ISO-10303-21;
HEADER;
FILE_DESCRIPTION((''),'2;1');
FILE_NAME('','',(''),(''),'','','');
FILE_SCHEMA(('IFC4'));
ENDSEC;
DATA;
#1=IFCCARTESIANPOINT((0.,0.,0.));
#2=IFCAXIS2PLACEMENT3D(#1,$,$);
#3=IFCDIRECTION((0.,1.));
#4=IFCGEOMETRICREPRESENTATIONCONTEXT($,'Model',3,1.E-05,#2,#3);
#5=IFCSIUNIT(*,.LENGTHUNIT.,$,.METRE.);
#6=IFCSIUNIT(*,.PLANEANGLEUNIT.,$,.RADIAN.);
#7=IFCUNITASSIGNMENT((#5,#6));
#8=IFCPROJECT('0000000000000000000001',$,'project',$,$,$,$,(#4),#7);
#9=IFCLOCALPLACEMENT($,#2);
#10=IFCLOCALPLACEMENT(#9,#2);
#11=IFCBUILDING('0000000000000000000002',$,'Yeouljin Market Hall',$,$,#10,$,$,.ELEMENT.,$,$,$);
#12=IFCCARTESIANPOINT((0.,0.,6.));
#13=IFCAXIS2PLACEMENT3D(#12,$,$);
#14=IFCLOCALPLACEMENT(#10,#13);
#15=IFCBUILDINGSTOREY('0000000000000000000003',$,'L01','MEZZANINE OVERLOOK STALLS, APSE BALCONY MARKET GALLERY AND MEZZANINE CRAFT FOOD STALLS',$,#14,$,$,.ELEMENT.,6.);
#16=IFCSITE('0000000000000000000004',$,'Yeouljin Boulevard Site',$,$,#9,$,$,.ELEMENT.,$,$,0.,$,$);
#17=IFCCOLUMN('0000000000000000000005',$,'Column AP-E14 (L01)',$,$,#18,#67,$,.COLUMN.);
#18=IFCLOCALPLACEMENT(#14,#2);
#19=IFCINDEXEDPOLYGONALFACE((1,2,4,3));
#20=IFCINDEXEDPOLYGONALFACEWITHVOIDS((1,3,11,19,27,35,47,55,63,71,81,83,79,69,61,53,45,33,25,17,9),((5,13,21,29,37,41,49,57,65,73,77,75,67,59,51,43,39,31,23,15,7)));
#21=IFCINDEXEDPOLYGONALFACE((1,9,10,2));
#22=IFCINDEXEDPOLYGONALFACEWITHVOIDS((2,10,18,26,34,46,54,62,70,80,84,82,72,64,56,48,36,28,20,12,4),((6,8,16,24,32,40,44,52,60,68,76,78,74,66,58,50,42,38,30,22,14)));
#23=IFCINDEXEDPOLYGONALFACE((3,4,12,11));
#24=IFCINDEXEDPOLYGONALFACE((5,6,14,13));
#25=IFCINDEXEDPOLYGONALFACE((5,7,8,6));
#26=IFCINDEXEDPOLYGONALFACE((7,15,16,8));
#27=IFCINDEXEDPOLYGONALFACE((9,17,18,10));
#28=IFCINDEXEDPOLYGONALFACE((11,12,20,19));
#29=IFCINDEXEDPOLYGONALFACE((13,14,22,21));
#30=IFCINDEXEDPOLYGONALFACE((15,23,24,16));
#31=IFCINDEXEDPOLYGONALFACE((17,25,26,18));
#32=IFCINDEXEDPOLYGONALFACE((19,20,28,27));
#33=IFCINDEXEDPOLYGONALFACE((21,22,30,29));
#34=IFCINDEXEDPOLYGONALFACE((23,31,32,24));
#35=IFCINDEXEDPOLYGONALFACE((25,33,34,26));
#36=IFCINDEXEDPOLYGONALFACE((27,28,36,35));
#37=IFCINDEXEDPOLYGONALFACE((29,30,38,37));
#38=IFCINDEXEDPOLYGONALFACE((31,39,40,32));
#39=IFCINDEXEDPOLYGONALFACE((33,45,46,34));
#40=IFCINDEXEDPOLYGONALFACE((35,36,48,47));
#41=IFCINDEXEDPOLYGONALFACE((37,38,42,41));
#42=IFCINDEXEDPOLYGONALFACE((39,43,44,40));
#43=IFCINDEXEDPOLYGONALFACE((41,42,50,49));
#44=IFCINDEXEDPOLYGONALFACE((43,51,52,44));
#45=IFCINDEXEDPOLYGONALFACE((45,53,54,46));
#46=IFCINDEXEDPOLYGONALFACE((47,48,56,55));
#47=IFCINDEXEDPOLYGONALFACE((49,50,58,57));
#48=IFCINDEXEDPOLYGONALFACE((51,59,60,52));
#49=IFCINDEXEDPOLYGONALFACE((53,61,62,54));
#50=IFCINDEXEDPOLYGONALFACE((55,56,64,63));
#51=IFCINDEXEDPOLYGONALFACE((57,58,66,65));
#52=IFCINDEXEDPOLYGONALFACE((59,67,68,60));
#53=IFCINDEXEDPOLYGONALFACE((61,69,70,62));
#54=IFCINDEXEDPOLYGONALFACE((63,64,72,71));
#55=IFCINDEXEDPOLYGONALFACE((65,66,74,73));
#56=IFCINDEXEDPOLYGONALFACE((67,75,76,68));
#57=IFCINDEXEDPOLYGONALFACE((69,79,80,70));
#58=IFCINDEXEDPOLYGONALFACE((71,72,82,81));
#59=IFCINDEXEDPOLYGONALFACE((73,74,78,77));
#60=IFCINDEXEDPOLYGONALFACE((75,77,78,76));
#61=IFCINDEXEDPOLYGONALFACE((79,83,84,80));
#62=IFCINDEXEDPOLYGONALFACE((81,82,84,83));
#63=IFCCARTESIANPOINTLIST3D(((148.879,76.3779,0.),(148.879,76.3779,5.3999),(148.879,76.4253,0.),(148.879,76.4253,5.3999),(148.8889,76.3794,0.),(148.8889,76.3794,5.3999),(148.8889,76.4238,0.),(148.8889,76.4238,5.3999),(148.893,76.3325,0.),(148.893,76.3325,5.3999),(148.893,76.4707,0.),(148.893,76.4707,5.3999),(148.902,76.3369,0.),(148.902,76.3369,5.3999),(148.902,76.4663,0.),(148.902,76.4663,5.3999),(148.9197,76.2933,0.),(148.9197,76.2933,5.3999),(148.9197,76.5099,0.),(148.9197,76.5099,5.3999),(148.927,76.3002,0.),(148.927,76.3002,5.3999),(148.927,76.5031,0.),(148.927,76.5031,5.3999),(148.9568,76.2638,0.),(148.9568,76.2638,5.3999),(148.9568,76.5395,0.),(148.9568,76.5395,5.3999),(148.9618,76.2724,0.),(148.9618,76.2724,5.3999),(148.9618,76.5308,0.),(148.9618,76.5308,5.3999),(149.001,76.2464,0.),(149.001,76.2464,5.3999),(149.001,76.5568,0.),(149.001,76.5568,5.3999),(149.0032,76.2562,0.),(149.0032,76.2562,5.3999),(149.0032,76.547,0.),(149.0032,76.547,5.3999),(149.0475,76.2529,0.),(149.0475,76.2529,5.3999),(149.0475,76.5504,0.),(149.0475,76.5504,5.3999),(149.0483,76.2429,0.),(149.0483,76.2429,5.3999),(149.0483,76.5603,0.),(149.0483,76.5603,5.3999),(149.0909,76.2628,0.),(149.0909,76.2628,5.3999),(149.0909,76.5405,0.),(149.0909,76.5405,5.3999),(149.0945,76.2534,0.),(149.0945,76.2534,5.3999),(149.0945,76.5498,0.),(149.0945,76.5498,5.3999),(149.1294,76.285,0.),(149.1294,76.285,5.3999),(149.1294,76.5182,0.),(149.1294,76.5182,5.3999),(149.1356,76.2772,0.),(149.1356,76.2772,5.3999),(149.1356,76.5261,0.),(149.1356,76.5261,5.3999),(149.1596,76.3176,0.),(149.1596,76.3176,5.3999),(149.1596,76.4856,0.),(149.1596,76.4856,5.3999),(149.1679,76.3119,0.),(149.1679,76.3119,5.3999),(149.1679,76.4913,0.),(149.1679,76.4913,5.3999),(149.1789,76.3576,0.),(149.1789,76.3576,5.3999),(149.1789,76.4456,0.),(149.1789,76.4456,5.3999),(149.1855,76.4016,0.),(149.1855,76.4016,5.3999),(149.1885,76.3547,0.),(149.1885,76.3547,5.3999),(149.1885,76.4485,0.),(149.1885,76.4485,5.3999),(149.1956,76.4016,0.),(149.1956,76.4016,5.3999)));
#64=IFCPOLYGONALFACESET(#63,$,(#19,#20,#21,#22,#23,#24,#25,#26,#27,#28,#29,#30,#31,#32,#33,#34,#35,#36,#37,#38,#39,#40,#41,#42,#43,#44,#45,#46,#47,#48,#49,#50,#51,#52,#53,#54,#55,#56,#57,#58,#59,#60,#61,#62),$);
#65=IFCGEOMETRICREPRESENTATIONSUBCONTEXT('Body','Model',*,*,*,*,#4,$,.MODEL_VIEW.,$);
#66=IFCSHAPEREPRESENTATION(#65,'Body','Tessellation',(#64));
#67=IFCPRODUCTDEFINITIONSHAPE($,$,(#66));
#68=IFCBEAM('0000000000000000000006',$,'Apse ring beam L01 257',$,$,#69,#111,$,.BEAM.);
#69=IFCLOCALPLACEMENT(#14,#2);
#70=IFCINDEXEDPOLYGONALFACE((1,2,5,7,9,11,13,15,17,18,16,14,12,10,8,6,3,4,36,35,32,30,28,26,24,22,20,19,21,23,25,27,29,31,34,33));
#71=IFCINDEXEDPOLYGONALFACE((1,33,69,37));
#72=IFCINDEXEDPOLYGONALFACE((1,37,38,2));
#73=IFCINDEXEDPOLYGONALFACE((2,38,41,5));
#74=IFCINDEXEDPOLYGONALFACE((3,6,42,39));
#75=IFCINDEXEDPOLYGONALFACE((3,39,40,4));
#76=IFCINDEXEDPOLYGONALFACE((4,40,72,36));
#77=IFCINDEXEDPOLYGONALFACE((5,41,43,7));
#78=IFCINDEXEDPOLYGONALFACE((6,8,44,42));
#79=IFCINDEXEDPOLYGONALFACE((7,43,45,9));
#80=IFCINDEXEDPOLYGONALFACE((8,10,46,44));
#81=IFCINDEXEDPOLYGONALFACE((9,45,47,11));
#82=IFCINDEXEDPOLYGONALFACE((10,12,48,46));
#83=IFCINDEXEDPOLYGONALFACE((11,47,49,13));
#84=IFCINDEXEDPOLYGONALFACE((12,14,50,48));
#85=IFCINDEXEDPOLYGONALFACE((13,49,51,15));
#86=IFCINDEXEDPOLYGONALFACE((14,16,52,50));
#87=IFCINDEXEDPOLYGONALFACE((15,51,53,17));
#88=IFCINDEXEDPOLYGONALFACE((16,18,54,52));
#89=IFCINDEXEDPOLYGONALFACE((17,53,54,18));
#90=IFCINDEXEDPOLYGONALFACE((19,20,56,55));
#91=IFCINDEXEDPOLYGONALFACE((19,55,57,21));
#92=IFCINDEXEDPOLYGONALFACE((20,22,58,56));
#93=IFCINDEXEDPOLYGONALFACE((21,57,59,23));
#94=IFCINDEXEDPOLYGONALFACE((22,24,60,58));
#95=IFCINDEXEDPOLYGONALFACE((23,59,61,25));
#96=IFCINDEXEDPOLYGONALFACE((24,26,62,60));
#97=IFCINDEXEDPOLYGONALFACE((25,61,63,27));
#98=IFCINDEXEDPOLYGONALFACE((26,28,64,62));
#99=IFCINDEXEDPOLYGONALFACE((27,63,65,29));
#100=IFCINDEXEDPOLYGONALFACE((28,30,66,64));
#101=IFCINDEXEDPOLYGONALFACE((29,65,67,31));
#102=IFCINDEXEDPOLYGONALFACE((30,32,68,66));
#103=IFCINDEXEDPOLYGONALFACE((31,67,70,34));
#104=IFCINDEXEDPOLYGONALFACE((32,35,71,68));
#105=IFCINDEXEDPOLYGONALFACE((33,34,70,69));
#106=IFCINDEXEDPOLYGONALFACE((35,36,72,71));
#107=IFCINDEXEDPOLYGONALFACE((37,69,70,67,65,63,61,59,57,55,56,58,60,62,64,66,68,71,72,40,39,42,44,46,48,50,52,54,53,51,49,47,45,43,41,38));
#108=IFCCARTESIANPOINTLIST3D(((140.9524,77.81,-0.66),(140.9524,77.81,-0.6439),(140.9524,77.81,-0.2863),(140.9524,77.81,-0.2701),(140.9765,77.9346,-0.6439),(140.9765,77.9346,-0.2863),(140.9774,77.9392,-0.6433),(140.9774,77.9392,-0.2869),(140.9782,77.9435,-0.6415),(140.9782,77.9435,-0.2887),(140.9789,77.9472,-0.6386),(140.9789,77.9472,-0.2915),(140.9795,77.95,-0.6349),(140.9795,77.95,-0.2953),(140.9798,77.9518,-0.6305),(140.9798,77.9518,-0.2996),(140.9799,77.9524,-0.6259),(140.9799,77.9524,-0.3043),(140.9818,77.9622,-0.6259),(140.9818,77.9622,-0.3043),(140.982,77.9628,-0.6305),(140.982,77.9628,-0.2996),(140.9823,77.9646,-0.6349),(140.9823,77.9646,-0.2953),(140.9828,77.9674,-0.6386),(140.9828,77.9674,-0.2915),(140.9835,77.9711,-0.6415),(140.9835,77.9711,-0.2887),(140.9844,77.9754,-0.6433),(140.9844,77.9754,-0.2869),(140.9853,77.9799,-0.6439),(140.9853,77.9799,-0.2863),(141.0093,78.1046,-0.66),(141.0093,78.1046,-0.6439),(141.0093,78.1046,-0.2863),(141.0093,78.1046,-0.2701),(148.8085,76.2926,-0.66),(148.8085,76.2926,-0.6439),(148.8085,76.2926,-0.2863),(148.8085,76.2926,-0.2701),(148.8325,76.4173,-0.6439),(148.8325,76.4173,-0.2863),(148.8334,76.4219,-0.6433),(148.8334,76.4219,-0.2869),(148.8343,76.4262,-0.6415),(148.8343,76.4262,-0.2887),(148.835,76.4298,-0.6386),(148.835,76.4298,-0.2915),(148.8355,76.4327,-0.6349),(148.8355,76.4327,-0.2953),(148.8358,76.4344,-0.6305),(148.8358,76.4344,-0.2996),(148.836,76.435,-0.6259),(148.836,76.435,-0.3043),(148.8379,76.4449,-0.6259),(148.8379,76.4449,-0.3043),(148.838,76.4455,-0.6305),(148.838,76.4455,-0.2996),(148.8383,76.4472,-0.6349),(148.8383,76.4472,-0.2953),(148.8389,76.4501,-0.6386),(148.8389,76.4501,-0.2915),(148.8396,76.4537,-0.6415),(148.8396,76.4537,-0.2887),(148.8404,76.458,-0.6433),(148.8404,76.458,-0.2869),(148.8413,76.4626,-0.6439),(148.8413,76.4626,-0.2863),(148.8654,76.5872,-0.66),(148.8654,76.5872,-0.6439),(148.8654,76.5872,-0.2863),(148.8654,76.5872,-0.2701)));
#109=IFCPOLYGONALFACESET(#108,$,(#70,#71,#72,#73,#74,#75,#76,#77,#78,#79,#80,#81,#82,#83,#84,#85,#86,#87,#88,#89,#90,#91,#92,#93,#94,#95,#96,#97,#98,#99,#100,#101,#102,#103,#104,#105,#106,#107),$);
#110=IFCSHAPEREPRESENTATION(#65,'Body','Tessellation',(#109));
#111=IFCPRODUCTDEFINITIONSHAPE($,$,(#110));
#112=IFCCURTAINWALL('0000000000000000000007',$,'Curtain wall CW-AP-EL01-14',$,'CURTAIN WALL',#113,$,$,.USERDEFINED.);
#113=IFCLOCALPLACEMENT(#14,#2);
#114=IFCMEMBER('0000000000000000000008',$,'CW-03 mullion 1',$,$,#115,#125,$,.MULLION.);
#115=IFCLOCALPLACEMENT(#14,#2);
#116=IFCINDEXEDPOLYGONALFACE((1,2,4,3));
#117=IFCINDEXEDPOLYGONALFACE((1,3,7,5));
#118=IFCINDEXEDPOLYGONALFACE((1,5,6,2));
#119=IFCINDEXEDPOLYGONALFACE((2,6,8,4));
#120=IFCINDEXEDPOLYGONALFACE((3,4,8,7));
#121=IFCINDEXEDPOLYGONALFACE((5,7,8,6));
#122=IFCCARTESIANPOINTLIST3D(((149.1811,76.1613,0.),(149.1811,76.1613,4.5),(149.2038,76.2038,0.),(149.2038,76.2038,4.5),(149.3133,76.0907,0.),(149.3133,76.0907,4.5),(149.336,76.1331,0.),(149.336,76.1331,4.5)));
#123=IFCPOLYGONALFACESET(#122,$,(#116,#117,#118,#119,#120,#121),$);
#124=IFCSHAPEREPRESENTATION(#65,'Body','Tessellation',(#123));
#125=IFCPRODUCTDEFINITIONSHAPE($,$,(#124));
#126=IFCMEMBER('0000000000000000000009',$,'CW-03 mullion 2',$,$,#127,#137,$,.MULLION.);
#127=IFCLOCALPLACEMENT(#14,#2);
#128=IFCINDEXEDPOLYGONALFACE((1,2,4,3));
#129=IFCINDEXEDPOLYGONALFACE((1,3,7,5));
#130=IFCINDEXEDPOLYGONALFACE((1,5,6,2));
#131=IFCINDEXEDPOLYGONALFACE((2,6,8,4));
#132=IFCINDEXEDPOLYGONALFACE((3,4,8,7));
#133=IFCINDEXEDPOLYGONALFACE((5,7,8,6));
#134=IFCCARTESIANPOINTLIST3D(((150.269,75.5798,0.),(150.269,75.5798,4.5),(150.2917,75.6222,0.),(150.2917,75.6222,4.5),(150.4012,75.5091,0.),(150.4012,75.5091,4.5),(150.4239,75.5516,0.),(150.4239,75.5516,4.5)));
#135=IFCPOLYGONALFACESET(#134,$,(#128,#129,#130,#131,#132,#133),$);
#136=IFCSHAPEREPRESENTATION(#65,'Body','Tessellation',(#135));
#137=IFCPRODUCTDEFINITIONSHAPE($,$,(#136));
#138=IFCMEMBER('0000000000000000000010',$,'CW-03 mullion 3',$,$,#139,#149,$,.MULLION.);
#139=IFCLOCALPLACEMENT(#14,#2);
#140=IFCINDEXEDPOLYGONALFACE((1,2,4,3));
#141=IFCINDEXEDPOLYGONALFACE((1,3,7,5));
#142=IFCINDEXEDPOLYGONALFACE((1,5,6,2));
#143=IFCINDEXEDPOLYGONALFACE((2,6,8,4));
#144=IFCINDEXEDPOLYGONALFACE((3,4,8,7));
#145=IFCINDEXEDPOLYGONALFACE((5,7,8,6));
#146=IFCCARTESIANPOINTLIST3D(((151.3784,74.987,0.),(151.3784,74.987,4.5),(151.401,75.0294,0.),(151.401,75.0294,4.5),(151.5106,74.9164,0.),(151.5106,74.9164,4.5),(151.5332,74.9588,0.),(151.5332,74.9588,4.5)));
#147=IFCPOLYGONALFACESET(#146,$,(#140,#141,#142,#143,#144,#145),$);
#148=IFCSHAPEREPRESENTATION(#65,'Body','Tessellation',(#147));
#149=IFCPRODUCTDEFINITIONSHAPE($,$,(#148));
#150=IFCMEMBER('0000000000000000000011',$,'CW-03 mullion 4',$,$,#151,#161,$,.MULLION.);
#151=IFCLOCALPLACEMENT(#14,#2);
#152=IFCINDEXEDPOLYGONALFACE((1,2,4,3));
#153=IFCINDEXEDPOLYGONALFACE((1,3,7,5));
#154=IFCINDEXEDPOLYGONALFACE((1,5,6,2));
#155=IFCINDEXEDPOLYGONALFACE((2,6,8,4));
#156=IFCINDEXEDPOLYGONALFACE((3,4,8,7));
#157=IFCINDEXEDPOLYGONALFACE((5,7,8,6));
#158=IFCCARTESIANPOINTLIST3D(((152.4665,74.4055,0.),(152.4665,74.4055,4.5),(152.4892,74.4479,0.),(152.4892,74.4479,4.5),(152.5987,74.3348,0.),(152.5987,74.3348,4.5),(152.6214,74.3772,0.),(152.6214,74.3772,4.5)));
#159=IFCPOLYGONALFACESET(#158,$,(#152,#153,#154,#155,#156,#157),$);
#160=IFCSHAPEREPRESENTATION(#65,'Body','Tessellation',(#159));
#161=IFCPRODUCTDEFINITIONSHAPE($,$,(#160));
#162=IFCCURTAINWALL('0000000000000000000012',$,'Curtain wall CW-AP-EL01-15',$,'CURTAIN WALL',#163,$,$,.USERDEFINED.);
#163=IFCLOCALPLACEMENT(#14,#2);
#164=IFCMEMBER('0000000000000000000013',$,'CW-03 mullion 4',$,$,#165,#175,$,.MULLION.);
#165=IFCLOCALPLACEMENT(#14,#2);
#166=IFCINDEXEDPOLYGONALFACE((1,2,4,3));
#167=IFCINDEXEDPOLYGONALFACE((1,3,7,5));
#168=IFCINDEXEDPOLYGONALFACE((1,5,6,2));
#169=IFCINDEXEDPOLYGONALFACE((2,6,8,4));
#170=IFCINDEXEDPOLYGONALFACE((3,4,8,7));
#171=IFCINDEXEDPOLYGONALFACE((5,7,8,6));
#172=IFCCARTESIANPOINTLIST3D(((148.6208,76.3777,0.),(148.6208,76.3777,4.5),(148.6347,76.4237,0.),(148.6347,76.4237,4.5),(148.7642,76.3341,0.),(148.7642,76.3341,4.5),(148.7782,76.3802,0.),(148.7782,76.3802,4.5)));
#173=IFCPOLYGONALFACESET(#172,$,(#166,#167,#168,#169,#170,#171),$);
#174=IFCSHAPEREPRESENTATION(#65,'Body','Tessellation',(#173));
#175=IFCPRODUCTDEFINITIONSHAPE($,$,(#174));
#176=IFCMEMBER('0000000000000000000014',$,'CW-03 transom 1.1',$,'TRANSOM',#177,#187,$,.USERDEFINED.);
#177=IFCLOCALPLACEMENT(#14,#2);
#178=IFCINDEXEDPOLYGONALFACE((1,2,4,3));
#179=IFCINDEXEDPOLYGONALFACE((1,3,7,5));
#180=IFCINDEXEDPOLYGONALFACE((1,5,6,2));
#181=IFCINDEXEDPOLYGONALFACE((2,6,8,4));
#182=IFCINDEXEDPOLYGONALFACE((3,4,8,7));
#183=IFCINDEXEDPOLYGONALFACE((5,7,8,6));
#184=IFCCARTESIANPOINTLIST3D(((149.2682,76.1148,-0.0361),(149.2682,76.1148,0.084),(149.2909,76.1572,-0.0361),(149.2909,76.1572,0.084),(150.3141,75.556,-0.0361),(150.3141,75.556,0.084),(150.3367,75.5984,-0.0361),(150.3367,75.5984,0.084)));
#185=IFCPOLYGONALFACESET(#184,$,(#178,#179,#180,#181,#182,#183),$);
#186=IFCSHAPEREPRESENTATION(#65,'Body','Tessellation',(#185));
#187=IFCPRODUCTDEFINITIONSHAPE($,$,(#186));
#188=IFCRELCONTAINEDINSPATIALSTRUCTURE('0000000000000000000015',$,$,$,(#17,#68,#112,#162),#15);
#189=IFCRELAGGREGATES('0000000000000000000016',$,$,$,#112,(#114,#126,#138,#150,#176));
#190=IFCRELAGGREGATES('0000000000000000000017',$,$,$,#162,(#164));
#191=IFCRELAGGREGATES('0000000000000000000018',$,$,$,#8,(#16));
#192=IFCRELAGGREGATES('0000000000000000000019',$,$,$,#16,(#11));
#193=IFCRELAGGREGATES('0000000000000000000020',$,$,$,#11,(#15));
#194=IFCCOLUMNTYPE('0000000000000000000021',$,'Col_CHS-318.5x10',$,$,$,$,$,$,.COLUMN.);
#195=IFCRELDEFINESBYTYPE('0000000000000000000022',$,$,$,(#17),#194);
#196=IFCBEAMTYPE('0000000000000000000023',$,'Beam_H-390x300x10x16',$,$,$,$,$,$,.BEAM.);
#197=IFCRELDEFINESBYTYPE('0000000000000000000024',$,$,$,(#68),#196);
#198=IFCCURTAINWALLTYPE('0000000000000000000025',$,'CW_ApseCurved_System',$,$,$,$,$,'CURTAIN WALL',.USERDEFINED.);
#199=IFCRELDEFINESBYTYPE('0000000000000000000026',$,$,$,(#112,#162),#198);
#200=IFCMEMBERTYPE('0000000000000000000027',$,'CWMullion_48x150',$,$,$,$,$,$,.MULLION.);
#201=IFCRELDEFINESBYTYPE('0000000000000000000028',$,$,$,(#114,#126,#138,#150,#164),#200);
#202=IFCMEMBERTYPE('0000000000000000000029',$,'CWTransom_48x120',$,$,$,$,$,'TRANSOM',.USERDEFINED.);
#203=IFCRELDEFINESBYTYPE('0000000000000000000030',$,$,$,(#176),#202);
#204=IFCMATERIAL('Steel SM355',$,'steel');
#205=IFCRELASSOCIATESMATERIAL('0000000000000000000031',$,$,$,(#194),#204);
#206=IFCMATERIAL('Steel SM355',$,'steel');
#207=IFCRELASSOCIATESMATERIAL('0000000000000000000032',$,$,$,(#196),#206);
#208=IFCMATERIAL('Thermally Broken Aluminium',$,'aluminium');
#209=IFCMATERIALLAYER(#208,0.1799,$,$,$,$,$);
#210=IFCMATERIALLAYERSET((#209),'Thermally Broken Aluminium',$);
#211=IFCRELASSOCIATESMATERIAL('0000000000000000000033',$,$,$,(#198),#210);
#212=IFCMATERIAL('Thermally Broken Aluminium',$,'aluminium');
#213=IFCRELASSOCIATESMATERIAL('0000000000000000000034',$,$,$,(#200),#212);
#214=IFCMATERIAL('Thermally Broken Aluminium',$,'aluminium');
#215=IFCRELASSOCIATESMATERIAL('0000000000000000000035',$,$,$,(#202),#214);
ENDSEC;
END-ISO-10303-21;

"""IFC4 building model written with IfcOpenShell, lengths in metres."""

from ifc_helpers import new_model, si_unit, direction, frame, origin, origin_2d, place, context, subcontext, project, spatial, rectangle, hollow_circle, i_section, extrude, material, layer, layer_set, material_profile, profile_set, type_object, element, aggregate, save


model = new_model("IFC4")

# Units and contexts
model_context = context("Model", 3, precision=1e-05, world=origin(), true_north=direction((0.0, 1.0)))
body_context = subcontext(model_context, "Body", "Model", "MODEL_VIEW")
ifc_project = project(units=[si_unit("LENGTHUNIT", "METRE"), si_unit("PLANEANGLEUNIT", "RADIAN")], contexts=[model_context])

# Site, building, storey
site_placement = place(None, origin())
site = spatial("IfcSite", under=ifc_project, at=site_placement, Name="Yeouljin Boulevard Site", CompositionType="ELEMENT", RefElevation=0.0)
building_placement = place(site_placement, origin())
building = spatial("IfcBuilding", under=site, at=building_placement, Name="Yeouljin Market Hall", CompositionType="ELEMENT")
storey_placement = place(building_placement, frame((0.0, 0.0, 6.0)))
storey = spatial("IfcBuildingStorey", under=building, at=storey_placement, Name="L01", Description="MEZZANINE OVERLOOK STALLS, APSE BALCONY MARKET GALLERY AND MEZZANINE CRAFT FOOD STALLS", CompositionType="ELEMENT", Elevation=6.0)

# Column
ifc_material_1 = material(Name="Steel SM355", Category="steel")
ifc_material_profile_1 = material_profile(ifc_material_1, hollow_circle(Radius=0.1592, WallThickness=0.01, at=origin_2d()), Name="CHS-318.5x10")
ifc_profile_set_1 = profile_set([ifc_material_profile_1], Name="Steel SM355")
column_type = type_object("IfcColumnType", Name="Col_CHS-318.5x10", PredefinedType="COLUMN", material=ifc_profile_set_1)
column_placement = place(storey_placement, frame((149.0364, 76.4016, 0.0), z_axis=(0.0, 0.0, 1.0), x_axis=(1.0, 0.0, 0.0)))
element("IfcColumn", 1, at=column_placement, inside=storey, type_object=column_type, Name="Column AP-E14 (L01)", PredefinedType="COLUMN", context=body_context, shape_type="SweptSolid", body=[
    extrude(hollow_circle(Radius=0.1592, WallThickness=0.01, at=origin_2d()), origin(), (0.0, 0.0, 1.0), 5.3999),
])

# Beam
ifc_material_2 = material(Name="Steel SM355", Category="steel")
ifc_material_profile_2 = material_profile(ifc_material_2, i_section(OverallWidth=0.3, OverallDepth=0.3899, WebThickness=0.01, FlangeThickness=0.0161, FilletRadius=0.0181, at=origin_2d()), Name="H-390x300x10x16")
ifc_profile_set_2 = profile_set([ifc_material_profile_2], Name="Steel SM355")
beam_type = type_object("IfcBeamType", Name="Beam_H-390x300x10x16", PredefinedType="BEAM", material=ifc_profile_set_2)
beam_placement = place(storey_placement, frame((148.8369, 76.4399, -0.4651), z_axis=(-0.981854, 0.18964, 0.0), x_axis=(-0.18964, -0.981854, 0.0)))
element("IfcBeam", 2, at=beam_placement, inside=storey, type_object=beam_type, Name="Apse ring beam L01 257", PredefinedType="BEAM", context=body_context, shape_type="SweptSolid", body=[
    extrude(i_section(OverallWidth=0.3, OverallDepth=0.3899, WebThickness=0.01, FlangeThickness=0.0161, FilletRadius=0.0181, at=origin_2d()), origin(), (0.0, 0.0, 1.0), 8.0012),
])

# Curtain wall, members
ifc_material_3 = material(Name="Thermally Broken Aluminium", Category="aluminium")
ifc_layer_1 = layer(ifc_material_3, 0.1799)
ifc_layer_set_1 = layer_set([ifc_layer_1], Name="Thermally Broken Aluminium")
curtain_wall_type = type_object("IfcCurtainWallType", Name="CW_ApseCurved_System", ElementType="CURTAIN WALL", PredefinedType="USERDEFINED", material=ifc_layer_set_1)
curtain_wall_1_placement = place(storey_placement, origin())
curtain_wall_1 = element("IfcCurtainWall", 3, at=curtain_wall_1_placement, inside=storey, type_object=curtain_wall_type, Name="Curtain wall CW-AP-EL01-14", ObjectType="CURTAIN WALL", PredefinedType="USERDEFINED")
ifc_material_4 = material(Name="Thermally Broken Aluminium", Category="aluminium")
ifc_material_profile_3 = material_profile(ifc_material_4, rectangle(XDim=0.0481, YDim=0.1499, at=origin_2d()), Name="CW-MULL-48x150")
ifc_profile_set_3 = profile_set([ifc_material_profile_3], Name="Thermally Broken Aluminium")
member_type_1 = type_object("IfcMemberType", Name="CWMullion_48x150", PredefinedType="MULLION", material=ifc_profile_set_3)
member_1_placement = place(storey_placement, frame((149.2585, 76.1472, 0.0), z_axis=(0.0, 0.0, 1.0), x_axis=(0.471378, 0.881931, 0.0)))
member_1 = element("IfcMember", 4, at=member_1_placement, type_object=member_type_1, Name="CW-03 mullion 1", PredefinedType="MULLION", context=body_context, shape_type="SweptSolid", body=[
    extrude(rectangle(XDim=0.0481, YDim=0.1499, at=origin_2d()), origin(), (0.0, 0.0, 1.0), 4.5),
])
member_2_placement = place(storey_placement, frame((150.3464, 75.5657, 0.0), z_axis=(0.0, 0.0, 1.0), x_axis=(0.471378, 0.881931, 0.0)))
member_2 = element("IfcMember", 5, at=member_2_placement, type_object=member_type_1, Name="CW-03 mullion 2", PredefinedType="MULLION", context=body_context, shape_type="SweptSolid", body=[
    extrude(rectangle(XDim=0.0481, YDim=0.1499, at=origin_2d()), origin(), (0.0, 0.0, 1.0), 4.5),
])
member_3_placement = place(storey_placement, frame((151.4558, 74.9729, 0.0), z_axis=(0.0, 0.0, 1.0), x_axis=(0.471378, 0.881931, 0.0)))
member_3 = element("IfcMember", 6, at=member_3_placement, type_object=member_type_1, Name="CW-03 mullion 3", PredefinedType="MULLION", context=body_context, shape_type="SweptSolid", body=[
    extrude(rectangle(XDim=0.0481, YDim=0.1499, at=origin_2d()), origin(), (0.0, 0.0, 1.0), 4.5),
])
member_4_placement = place(storey_placement, frame((152.5439, 74.3914, 0.0), z_axis=(0.0, 0.0, 1.0), x_axis=(0.471378, 0.881931, 0.0)))
member_4 = element("IfcMember", 7, at=member_4_placement, type_object=member_type_1, Name="CW-03 mullion 4", PredefinedType="MULLION", context=body_context, shape_type="SweptSolid", body=[
    extrude(rectangle(XDim=0.0481, YDim=0.1499, at=origin_2d()), origin(), (0.0, 0.0, 1.0), 4.5),
])

# Curtain wall, member
curtain_wall_2_placement = place(storey_placement, origin())
curtain_wall_2 = element("IfcCurtainWall", 8, at=curtain_wall_2_placement, inside=storey, type_object=curtain_wall_type, Name="Curtain wall CW-AP-EL01-15", ObjectType="CURTAIN WALL", PredefinedType="USERDEFINED")
member_5_placement = place(storey_placement, frame((148.6995, 76.3789, 0.0), z_axis=(0.0, 0.0, 1.0), x_axis=(0.290286, 0.95694, 0.0)))
member_5 = element("IfcMember", 9, at=member_5_placement, type_object=member_type_1, Name="CW-03 mullion 4", PredefinedType="MULLION", context=body_context, shape_type="SweptSolid", body=[
    extrude(rectangle(XDim=0.0481, YDim=0.1499, at=origin_2d()), origin(), (0.0, 0.0, 1.0), 4.5),
])

# Member
ifc_material_5 = material(Name="Thermally Broken Aluminium", Category="aluminium")
ifc_material_profile_4 = material_profile(ifc_material_5, rectangle(XDim=0.0481, YDim=0.1201, at=origin_2d()), Name="CW-TRAN-48x120")
ifc_profile_set_4 = profile_set([ifc_material_profile_4], Name="Thermally Broken Aluminium")
member_type_2 = type_object("IfcMemberType", Name="CWTransom_48x120", ElementType="TRANSOM", PredefinedType="USERDEFINED", material=ifc_profile_set_4)
member_6_placement = place(storey_placement, frame((149.2795, 76.136, 0.0239), z_axis=(0.881994, -0.471261, 0.0), x_axis=(0.471261, 0.881994, 0.0)))
member_6 = element("IfcMember", 10, at=member_6_placement, type_object=member_type_2, Name="CW-03 transom 1.1", ObjectType="TRANSOM", PredefinedType="USERDEFINED", context=body_context, shape_type="SweptSolid", body=[
    extrude(rectangle(XDim=0.0481, YDim=0.1201, at=origin_2d()), origin(), (0.0, 0.0, 1.0), 1.1858),
])

aggregate(curtain_wall_1, [member_1, member_2, member_3, member_4, member_6])
aggregate(curtain_wall_2, [member_5])

save(model, "model.ifc")
